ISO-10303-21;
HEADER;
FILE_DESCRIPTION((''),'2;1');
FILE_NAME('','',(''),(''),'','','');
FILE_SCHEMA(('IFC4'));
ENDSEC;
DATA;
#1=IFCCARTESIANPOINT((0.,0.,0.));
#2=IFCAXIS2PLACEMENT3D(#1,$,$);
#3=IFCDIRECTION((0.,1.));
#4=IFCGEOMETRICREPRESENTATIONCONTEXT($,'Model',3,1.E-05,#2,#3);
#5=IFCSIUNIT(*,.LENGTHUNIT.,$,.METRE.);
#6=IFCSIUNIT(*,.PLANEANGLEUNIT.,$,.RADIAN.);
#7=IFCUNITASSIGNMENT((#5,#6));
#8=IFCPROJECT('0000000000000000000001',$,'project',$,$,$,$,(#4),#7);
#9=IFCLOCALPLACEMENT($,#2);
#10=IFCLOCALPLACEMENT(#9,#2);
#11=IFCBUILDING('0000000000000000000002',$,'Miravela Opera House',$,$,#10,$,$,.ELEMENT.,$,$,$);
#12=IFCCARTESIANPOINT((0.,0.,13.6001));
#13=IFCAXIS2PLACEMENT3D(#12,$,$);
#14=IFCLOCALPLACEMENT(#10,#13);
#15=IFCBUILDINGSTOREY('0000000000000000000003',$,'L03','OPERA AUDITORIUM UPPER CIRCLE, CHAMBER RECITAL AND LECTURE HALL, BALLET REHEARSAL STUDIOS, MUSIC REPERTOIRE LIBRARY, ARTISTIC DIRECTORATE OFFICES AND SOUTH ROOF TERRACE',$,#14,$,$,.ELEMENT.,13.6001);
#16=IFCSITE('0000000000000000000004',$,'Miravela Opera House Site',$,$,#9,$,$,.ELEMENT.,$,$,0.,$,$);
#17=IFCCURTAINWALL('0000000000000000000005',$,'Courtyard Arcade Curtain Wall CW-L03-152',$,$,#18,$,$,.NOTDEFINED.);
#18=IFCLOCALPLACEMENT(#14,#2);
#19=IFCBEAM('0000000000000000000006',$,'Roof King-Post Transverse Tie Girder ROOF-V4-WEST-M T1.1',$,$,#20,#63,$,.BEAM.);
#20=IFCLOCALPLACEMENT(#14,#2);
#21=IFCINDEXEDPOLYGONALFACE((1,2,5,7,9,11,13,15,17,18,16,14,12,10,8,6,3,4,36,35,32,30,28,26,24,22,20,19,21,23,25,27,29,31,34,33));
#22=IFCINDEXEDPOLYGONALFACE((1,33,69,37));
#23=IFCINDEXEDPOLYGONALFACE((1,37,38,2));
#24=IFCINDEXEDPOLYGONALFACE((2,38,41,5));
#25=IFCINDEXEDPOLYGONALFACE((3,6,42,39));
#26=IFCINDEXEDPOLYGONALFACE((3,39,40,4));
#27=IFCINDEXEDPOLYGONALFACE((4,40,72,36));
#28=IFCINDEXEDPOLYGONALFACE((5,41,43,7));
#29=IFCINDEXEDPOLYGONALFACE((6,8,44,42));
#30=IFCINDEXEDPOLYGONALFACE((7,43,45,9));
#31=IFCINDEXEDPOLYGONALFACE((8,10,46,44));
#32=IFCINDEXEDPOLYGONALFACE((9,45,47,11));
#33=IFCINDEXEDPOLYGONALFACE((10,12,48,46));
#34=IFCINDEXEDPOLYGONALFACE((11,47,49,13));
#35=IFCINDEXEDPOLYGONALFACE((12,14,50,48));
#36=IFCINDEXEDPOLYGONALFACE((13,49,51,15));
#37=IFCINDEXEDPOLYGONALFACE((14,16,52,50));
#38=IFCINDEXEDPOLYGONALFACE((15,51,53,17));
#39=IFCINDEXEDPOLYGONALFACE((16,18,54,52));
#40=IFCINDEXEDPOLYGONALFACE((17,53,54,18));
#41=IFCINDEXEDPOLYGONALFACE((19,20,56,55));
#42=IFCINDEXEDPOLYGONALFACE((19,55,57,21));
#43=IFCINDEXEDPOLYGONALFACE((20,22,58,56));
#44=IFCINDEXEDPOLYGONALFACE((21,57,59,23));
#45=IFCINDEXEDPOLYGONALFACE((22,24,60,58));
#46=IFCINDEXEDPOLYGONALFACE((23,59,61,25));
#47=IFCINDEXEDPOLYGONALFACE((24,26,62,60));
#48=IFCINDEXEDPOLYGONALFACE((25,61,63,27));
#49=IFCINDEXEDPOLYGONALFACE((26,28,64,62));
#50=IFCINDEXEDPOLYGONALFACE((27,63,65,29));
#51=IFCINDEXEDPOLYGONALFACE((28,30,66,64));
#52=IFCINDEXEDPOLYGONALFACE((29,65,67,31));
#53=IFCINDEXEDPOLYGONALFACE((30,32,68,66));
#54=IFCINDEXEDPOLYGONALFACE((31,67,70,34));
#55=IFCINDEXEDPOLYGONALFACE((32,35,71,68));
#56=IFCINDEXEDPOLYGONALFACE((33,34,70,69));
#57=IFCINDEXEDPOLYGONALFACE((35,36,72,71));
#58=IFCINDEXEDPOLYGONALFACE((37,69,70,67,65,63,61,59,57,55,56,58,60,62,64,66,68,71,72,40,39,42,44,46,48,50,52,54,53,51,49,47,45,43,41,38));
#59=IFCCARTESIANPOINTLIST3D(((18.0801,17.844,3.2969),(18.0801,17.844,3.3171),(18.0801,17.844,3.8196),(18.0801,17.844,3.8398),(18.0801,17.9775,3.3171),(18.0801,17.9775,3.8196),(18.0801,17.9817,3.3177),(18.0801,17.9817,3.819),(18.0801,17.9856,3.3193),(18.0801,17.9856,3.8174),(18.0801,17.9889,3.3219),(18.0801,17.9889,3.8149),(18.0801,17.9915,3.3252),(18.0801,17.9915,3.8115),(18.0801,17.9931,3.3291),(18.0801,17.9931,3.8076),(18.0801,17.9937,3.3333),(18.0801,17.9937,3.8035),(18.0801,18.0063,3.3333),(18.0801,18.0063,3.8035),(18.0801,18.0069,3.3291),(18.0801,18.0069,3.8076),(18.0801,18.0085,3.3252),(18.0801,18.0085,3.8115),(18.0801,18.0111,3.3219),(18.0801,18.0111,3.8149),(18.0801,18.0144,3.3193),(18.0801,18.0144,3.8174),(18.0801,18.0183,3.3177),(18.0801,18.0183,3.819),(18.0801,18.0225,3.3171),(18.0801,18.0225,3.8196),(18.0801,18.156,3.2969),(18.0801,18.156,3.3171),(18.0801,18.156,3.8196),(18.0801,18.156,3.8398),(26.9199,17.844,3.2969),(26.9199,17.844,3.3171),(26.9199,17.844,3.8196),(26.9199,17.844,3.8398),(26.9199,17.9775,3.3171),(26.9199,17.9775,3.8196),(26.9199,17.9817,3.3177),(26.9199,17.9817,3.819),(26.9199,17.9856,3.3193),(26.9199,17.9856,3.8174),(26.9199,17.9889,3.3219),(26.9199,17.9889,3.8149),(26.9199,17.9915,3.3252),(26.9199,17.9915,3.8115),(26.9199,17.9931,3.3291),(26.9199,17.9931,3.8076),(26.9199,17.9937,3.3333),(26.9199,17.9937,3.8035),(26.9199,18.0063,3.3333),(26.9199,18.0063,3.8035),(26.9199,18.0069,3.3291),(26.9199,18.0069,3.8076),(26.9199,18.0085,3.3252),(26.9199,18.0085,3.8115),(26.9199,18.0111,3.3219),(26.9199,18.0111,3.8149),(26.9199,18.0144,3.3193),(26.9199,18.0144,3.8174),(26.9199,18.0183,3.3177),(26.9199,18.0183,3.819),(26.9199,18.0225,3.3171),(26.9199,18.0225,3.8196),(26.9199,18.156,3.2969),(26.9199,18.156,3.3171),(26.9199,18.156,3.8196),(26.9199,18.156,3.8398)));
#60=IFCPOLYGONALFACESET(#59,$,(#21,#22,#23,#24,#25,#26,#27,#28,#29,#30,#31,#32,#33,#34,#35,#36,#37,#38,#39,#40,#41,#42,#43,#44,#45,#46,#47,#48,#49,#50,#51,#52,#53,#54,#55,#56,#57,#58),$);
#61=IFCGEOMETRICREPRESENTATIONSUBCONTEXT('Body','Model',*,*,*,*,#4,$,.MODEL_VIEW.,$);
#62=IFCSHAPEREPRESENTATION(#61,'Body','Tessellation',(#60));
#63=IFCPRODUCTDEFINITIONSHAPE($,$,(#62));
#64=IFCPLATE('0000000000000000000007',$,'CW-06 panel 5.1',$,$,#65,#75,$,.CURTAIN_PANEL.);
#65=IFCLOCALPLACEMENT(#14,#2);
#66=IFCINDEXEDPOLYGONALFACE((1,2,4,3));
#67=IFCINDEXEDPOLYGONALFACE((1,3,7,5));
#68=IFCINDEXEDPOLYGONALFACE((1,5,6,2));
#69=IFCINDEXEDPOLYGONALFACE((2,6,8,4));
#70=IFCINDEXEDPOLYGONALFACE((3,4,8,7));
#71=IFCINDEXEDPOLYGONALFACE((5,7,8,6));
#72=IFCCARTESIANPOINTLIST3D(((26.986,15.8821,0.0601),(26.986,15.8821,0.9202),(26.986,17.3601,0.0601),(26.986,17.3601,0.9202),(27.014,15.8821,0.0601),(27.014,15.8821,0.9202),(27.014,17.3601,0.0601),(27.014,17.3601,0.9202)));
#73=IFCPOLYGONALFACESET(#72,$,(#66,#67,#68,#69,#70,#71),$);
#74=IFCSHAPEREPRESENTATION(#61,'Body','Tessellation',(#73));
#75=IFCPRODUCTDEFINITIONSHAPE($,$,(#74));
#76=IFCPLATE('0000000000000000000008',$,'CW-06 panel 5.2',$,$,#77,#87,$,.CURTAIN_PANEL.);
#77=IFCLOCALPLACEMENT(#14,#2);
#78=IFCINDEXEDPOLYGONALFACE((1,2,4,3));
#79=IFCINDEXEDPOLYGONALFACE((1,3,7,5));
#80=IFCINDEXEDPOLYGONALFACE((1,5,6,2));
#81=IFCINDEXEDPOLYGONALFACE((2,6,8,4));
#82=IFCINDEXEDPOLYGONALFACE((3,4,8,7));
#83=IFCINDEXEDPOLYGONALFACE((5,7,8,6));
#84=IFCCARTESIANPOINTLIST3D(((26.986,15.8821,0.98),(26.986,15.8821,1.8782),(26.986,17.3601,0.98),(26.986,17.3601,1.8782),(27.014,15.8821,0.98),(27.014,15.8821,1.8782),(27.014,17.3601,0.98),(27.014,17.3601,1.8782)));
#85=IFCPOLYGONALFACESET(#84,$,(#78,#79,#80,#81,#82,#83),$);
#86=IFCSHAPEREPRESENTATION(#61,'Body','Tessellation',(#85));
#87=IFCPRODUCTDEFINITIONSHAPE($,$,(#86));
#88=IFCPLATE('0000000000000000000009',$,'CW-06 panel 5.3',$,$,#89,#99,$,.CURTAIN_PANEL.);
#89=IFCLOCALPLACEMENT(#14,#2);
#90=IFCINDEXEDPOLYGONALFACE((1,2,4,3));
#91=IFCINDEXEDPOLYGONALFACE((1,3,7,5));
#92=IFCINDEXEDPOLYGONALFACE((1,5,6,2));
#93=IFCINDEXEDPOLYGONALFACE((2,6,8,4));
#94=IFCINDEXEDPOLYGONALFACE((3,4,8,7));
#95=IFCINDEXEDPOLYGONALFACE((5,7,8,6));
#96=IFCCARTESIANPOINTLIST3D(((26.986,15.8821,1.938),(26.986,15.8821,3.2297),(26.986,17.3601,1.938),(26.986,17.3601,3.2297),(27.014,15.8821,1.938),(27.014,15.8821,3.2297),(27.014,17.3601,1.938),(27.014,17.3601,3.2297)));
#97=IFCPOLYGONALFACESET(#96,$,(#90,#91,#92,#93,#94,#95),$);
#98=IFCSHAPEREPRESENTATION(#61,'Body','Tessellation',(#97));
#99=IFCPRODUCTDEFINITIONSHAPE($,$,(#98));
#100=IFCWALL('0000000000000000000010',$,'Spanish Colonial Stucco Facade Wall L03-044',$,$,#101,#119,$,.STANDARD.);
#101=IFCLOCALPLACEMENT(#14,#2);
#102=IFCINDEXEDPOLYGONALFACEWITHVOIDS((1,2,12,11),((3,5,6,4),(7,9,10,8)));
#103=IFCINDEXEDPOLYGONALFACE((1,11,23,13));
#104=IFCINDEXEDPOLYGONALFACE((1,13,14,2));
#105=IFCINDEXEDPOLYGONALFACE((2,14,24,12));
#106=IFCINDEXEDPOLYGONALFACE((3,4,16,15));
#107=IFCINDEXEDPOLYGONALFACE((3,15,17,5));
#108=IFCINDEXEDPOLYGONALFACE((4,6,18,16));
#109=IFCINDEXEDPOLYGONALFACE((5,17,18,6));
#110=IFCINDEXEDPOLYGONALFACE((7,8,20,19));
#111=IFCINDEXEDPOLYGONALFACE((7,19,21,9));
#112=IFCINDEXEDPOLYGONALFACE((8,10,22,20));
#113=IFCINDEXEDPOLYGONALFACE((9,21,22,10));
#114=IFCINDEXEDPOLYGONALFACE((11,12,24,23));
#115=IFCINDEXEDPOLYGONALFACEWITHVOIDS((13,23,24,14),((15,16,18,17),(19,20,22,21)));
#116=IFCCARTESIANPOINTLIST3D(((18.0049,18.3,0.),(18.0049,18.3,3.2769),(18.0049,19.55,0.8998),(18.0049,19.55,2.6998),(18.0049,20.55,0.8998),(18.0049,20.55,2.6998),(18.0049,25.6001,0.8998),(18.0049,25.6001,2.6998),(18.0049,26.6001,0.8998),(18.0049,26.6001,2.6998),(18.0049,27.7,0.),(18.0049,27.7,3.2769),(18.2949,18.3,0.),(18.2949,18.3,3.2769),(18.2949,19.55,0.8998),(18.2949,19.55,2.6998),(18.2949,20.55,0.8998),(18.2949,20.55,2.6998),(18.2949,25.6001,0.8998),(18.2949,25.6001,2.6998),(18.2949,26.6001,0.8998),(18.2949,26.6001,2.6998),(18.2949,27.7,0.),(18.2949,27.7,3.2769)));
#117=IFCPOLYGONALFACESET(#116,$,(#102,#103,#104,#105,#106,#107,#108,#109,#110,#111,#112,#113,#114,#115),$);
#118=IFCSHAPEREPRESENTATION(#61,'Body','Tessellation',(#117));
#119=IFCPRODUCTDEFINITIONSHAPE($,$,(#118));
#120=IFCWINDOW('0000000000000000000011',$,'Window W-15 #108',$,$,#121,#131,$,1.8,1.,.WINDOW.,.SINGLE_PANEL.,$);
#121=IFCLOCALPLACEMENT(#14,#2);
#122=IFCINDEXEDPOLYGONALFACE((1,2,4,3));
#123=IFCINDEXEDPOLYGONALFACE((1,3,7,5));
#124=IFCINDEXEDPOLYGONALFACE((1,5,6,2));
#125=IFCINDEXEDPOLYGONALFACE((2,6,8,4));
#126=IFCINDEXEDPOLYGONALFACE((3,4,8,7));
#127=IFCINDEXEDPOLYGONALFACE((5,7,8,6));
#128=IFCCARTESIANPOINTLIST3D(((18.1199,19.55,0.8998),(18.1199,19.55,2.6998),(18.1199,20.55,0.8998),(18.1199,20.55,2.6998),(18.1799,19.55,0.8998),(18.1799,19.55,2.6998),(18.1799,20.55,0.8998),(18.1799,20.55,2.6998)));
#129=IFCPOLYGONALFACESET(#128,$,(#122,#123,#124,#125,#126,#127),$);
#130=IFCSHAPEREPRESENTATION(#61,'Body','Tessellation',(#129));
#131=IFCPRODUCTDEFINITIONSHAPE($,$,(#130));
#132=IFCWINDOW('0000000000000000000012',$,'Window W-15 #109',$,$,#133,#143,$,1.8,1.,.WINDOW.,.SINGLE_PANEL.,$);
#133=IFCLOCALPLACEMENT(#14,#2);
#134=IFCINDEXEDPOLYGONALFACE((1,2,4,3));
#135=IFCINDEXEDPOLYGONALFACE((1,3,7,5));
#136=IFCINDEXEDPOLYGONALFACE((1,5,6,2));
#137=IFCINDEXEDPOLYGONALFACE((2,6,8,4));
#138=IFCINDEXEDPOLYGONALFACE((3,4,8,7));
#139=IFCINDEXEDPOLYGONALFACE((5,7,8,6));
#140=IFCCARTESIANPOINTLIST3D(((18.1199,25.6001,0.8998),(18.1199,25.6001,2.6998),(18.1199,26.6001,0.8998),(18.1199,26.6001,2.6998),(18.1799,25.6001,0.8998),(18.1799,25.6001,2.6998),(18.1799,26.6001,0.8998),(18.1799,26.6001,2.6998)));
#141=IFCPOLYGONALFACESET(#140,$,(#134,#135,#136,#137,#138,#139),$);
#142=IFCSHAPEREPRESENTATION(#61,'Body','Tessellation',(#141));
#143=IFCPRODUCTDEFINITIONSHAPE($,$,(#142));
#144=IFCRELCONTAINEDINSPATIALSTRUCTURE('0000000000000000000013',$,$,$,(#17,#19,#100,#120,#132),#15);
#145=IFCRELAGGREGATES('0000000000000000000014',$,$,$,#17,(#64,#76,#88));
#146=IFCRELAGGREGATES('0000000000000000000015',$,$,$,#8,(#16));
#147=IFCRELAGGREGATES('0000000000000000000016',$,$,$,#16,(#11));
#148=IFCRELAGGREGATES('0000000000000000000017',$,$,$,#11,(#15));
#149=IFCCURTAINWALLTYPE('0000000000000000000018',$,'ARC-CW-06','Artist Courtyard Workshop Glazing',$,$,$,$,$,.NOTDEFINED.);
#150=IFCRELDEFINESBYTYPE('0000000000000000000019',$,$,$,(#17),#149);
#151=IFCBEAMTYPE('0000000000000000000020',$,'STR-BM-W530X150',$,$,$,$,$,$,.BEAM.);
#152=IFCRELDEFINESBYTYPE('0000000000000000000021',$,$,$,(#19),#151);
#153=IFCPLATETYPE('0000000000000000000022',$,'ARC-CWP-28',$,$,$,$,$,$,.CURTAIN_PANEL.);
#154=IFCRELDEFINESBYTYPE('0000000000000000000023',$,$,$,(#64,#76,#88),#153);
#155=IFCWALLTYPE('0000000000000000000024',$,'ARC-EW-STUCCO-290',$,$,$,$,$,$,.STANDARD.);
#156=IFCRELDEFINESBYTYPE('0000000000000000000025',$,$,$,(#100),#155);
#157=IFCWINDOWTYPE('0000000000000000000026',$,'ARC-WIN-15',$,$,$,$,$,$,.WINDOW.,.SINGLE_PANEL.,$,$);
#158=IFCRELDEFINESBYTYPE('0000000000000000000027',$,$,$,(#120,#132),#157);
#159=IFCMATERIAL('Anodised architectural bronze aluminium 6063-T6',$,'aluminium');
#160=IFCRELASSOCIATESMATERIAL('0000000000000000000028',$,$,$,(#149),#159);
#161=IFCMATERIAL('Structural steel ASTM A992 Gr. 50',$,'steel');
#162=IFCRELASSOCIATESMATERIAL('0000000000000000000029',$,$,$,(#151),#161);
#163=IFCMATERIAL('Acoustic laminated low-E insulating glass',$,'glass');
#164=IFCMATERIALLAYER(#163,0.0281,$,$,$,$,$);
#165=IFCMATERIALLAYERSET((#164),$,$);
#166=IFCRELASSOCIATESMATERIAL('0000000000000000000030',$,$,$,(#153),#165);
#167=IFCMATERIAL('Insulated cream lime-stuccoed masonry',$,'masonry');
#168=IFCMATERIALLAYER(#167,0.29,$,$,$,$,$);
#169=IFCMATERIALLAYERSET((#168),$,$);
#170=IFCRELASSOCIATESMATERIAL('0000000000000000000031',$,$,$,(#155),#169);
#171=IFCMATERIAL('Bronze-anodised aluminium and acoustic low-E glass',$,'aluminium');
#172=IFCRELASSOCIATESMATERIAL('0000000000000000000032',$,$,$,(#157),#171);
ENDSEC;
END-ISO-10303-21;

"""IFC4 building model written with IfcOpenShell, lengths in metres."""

from ifc_helpers import new_model, si_unit, direction, frame, frame_2d, origin, origin_2d, place, context, subcontext, project, spatial, rectangle, i_section, extrude, material, layer, layer_set, material_profile, profile_set, type_object, element, fill, aggregate, save


model = new_model("IFC4")

# Units and contexts
model_context = context("Model", 3, precision=1e-05, world=origin(), true_north=direction((0.0, 1.0)))
body_context = subcontext(model_context, "Body", "Model", "MODEL_VIEW")
ifc_project = project(units=[si_unit("LENGTHUNIT", "METRE"), si_unit("PLANEANGLEUNIT", "RADIAN")], contexts=[model_context])

# Site, building, storey
site_placement = place(None, origin())
site = spatial("IfcSite", under=ifc_project, at=site_placement, Name="Miravela Opera House Site", CompositionType="ELEMENT", RefElevation=0.0)
building_placement = place(site_placement, origin())
building = spatial("IfcBuilding", under=site, at=building_placement, Name="Miravela Opera House", CompositionType="ELEMENT")
storey_placement = place(building_placement, frame((0.0, 0.0, 13.6001)))
storey = spatial("IfcBuildingStorey", under=building, at=storey_placement, Name="L03", Description="OPERA AUDITORIUM UPPER CIRCLE, CHAMBER RECITAL AND LECTURE HALL, BALLET REHEARSAL STUDIOS, MUSIC REPERTOIRE LIBRARY, ARTISTIC DIRECTORATE OFFICES AND SOUTH ROOF TERRACE", CompositionType="ELEMENT", Elevation=13.6001)

# Curtain wall
ifc_material_1 = material(Name="Anodised architectural bronze aluminium 6063-T6", Category="aluminium")
curtain_wall_type = type_object("IfcCurtainWallType", Name="ARC-CW-06", Description="Artist Courtyard Workshop Glazing", PredefinedType="NOTDEFINED", material=ifc_material_1)
curtain_wall_1_placement = place(storey_placement, origin())
curtain_wall_1 = element("IfcCurtainWall", 1, at=curtain_wall_1_placement, inside=storey, type_object=curtain_wall_type, Name="Courtyard Arcade Curtain Wall CW-L03-152", PredefinedType="NOTDEFINED")

# Beam
ifc_material_2 = material(Name="Structural steel ASTM A992 Gr. 50", Category="steel")
ifc_material_profile_1 = material_profile(ifc_material_2, i_section(OverallWidth=0.312, OverallDepth=0.543, WebThickness=0.0127, FlangeThickness=0.0203, FilletRadius=0.0161, at=origin_2d()), Name="W530X150")
ifc_profile_set_1 = profile_set([ifc_material_profile_1])
beam_type = type_object("IfcBeamType", Name="STR-BM-W530X150", PredefinedType="BEAM", material=ifc_profile_set_1)
beam_placement = place(storey_placement, frame((18.0801, 18.0, 3.5684), z_axis=(1.0, 0.0, 0.0), x_axis=(0.0, 1.0, 0.0)))
element("IfcBeam", 2, at=beam_placement, inside=storey, type_object=beam_type, Name="Roof King-Post Transverse Tie Girder ROOF-V4-WEST-M T1.1", PredefinedType="BEAM", context=body_context, shape_type="SweptSolid", body=[
    extrude(i_section(OverallWidth=0.312, OverallDepth=0.543, WebThickness=0.0127, FlangeThickness=0.0203, FilletRadius=0.0161, at=origin_2d()), origin(), (0.0, 0.0, 1.0), 8.8398),
])

# Plates
ifc_material_3 = material(Name="Acoustic laminated low-E insulating glass", Category="glass")
ifc_layer_1 = layer(ifc_material_3, 0.0281)
ifc_layer_set_1 = layer_set([ifc_layer_1])
plate_type = type_object("IfcPlateType", Name="ARC-CWP-28", PredefinedType="CURTAIN_PANEL", material=ifc_layer_set_1)
plate_1_placement = place(storey_placement, frame((27.0, 16.6211, 0.0601), z_axis=(0.0, 0.0, 1.0), x_axis=(0.0, 1.0, 0.0)))
plate_1 = element("IfcPlate", 3, at=plate_1_placement, type_object=plate_type, Name="CW-06 panel 5.1", PredefinedType="CURTAIN_PANEL", context=body_context, shape_type="SweptSolid", body=[
    extrude(rectangle(XDim=1.478, YDim=0.0281, at=origin_2d()), origin(), (0.0, 0.0, 1.0), 0.8601),
])
plate_2_placement = place(storey_placement, frame((27.0, 16.6211, 0.98), z_axis=(0.0, 0.0, 1.0), x_axis=(0.0, 1.0, 0.0)))
plate_2 = element("IfcPlate", 4, at=plate_2_placement, type_object=plate_type, Name="CW-06 panel 5.2", PredefinedType="CURTAIN_PANEL", context=body_context, shape_type="SweptSolid", body=[
    extrude(rectangle(XDim=1.478, YDim=0.0281, at=origin_2d()), origin(), (0.0, 0.0, 1.0), 0.8982),
])
plate_3_placement = place(storey_placement, frame((27.0, 16.6211, 1.938), z_axis=(0.0, 0.0, 1.0), x_axis=(0.0, 1.0, 0.0)))
plate_3 = element("IfcPlate", 5, at=plate_3_placement, type_object=plate_type, Name="CW-06 panel 5.3", PredefinedType="CURTAIN_PANEL", context=body_context, shape_type="SweptSolid", body=[
    extrude(rectangle(XDim=1.478, YDim=0.0281, at=origin_2d()), origin(), (0.0, 0.0, 1.0), 1.2917),
])
aggregate(curtain_wall_1, [plate_1, plate_2, plate_3])

# Wall, openings, windows
ifc_material_4 = material(Name="Insulated cream lime-stuccoed masonry", Category="masonry")
ifc_layer_2 = layer(ifc_material_4, 0.29)
ifc_layer_set_2 = layer_set([ifc_layer_2])
wall_type = type_object("IfcWallType", Name="ARC-EW-STUCCO-290", PredefinedType="STANDARD", material=ifc_layer_set_2)
wall_placement = place(storey_placement, frame((18.1499, 18.3, 0.0), z_axis=(0.0, 0.0, 1.0), x_axis=(0.0, 1.0, 0.0)))
wall = element("IfcWall", 6, at=wall_placement, inside=storey, type_object=wall_type, Name="Spanish Colonial Stucco Facade Wall L03-044", PredefinedType="STANDARD", context=body_context, shape_type="SweptSolid", body=[
    extrude(rectangle(XDim=9.3999, YDim=0.29, at=frame_2d((4.7, 0.0))), origin(), (0.0, 0.0, 1.0), 3.2769),
])
opening_1_placement = place(wall_placement, frame((1.25, 0.0, 0.8999)))
opening_1 = element("IfcOpeningElement", 7, at=opening_1_placement, cuts=wall, PredefinedType="OPENING", context=body_context, shape_type="SweptSolid", body=[
    extrude(rectangle(XDim=1.0, YDim=1.8, at=frame_2d((0.5, 0.8999))), frame((0.0, 0.155, 0.0), z_axis=(0.0, -1.0, 0.0), x_axis=(1.0, 0.0, 0.0)), (0.0, 0.0, 1.0), 0.3101),
])
opening_2_placement = place(wall_placement, frame((7.3, 0.0, 0.8999)))
opening_2 = element("IfcOpeningElement", 8, at=opening_2_placement, cuts=wall, PredefinedType="OPENING", context=body_context, shape_type="SweptSolid", body=[
    extrude(rectangle(XDim=1.0, YDim=1.8, at=frame_2d((0.5, 0.8999))), frame((0.0, 0.155, 0.0), z_axis=(0.0, -1.0, 0.0), x_axis=(1.0, 0.0, 0.0)), (0.0, 0.0, 1.0), 0.3101),
])
ifc_material_5 = material(Name="Bronze-anodised aluminium and acoustic low-E glass", Category="aluminium")
window_type = type_object("IfcWindowType", Name="ARC-WIN-15", PartitioningType="SINGLE_PANEL", PredefinedType="WINDOW", material=ifc_material_5)
window_1_placement = place(opening_1_placement, origin())
window_1 = element("IfcWindow", 9, at=window_1_placement, inside=storey, type_object=window_type, Name="Window W-15 #108", OverallHeight=1.8, OverallWidth=1.0, PartitioningType="SINGLE_PANEL", PredefinedType="WINDOW", context=body_context, shape_type="SweptSolid", body=[
    extrude(rectangle(XDim=1.0, YDim=1.8, at=frame_2d((0.5, 0.8999))), frame((0.0, 0.03, 0.0), z_axis=(0.0, -1.0, 0.0), x_axis=(1.0, 0.0, 0.0)), (0.0, 0.0, 1.0), 0.0601),
])
fill(opening_1, window_1)
window_2_placement = place(opening_2_placement, origin())
window_2 = element("IfcWindow", 10, at=window_2_placement, inside=storey, type_object=window_type, Name="Window W-15 #109", OverallHeight=1.8, OverallWidth=1.0, PartitioningType="SINGLE_PANEL", PredefinedType="WINDOW", context=body_context, shape_type="SweptSolid", body=[
    extrude(rectangle(XDim=1.0, YDim=1.8, at=frame_2d((0.5, 0.8999))), frame((0.0, 0.03, 0.0), z_axis=(0.0, -1.0, 0.0), x_axis=(1.0, 0.0, 0.0)), (0.0, 0.0, 1.0), 0.0601),
])
fill(opening_2, window_2)

save(model, "model.ifc")
